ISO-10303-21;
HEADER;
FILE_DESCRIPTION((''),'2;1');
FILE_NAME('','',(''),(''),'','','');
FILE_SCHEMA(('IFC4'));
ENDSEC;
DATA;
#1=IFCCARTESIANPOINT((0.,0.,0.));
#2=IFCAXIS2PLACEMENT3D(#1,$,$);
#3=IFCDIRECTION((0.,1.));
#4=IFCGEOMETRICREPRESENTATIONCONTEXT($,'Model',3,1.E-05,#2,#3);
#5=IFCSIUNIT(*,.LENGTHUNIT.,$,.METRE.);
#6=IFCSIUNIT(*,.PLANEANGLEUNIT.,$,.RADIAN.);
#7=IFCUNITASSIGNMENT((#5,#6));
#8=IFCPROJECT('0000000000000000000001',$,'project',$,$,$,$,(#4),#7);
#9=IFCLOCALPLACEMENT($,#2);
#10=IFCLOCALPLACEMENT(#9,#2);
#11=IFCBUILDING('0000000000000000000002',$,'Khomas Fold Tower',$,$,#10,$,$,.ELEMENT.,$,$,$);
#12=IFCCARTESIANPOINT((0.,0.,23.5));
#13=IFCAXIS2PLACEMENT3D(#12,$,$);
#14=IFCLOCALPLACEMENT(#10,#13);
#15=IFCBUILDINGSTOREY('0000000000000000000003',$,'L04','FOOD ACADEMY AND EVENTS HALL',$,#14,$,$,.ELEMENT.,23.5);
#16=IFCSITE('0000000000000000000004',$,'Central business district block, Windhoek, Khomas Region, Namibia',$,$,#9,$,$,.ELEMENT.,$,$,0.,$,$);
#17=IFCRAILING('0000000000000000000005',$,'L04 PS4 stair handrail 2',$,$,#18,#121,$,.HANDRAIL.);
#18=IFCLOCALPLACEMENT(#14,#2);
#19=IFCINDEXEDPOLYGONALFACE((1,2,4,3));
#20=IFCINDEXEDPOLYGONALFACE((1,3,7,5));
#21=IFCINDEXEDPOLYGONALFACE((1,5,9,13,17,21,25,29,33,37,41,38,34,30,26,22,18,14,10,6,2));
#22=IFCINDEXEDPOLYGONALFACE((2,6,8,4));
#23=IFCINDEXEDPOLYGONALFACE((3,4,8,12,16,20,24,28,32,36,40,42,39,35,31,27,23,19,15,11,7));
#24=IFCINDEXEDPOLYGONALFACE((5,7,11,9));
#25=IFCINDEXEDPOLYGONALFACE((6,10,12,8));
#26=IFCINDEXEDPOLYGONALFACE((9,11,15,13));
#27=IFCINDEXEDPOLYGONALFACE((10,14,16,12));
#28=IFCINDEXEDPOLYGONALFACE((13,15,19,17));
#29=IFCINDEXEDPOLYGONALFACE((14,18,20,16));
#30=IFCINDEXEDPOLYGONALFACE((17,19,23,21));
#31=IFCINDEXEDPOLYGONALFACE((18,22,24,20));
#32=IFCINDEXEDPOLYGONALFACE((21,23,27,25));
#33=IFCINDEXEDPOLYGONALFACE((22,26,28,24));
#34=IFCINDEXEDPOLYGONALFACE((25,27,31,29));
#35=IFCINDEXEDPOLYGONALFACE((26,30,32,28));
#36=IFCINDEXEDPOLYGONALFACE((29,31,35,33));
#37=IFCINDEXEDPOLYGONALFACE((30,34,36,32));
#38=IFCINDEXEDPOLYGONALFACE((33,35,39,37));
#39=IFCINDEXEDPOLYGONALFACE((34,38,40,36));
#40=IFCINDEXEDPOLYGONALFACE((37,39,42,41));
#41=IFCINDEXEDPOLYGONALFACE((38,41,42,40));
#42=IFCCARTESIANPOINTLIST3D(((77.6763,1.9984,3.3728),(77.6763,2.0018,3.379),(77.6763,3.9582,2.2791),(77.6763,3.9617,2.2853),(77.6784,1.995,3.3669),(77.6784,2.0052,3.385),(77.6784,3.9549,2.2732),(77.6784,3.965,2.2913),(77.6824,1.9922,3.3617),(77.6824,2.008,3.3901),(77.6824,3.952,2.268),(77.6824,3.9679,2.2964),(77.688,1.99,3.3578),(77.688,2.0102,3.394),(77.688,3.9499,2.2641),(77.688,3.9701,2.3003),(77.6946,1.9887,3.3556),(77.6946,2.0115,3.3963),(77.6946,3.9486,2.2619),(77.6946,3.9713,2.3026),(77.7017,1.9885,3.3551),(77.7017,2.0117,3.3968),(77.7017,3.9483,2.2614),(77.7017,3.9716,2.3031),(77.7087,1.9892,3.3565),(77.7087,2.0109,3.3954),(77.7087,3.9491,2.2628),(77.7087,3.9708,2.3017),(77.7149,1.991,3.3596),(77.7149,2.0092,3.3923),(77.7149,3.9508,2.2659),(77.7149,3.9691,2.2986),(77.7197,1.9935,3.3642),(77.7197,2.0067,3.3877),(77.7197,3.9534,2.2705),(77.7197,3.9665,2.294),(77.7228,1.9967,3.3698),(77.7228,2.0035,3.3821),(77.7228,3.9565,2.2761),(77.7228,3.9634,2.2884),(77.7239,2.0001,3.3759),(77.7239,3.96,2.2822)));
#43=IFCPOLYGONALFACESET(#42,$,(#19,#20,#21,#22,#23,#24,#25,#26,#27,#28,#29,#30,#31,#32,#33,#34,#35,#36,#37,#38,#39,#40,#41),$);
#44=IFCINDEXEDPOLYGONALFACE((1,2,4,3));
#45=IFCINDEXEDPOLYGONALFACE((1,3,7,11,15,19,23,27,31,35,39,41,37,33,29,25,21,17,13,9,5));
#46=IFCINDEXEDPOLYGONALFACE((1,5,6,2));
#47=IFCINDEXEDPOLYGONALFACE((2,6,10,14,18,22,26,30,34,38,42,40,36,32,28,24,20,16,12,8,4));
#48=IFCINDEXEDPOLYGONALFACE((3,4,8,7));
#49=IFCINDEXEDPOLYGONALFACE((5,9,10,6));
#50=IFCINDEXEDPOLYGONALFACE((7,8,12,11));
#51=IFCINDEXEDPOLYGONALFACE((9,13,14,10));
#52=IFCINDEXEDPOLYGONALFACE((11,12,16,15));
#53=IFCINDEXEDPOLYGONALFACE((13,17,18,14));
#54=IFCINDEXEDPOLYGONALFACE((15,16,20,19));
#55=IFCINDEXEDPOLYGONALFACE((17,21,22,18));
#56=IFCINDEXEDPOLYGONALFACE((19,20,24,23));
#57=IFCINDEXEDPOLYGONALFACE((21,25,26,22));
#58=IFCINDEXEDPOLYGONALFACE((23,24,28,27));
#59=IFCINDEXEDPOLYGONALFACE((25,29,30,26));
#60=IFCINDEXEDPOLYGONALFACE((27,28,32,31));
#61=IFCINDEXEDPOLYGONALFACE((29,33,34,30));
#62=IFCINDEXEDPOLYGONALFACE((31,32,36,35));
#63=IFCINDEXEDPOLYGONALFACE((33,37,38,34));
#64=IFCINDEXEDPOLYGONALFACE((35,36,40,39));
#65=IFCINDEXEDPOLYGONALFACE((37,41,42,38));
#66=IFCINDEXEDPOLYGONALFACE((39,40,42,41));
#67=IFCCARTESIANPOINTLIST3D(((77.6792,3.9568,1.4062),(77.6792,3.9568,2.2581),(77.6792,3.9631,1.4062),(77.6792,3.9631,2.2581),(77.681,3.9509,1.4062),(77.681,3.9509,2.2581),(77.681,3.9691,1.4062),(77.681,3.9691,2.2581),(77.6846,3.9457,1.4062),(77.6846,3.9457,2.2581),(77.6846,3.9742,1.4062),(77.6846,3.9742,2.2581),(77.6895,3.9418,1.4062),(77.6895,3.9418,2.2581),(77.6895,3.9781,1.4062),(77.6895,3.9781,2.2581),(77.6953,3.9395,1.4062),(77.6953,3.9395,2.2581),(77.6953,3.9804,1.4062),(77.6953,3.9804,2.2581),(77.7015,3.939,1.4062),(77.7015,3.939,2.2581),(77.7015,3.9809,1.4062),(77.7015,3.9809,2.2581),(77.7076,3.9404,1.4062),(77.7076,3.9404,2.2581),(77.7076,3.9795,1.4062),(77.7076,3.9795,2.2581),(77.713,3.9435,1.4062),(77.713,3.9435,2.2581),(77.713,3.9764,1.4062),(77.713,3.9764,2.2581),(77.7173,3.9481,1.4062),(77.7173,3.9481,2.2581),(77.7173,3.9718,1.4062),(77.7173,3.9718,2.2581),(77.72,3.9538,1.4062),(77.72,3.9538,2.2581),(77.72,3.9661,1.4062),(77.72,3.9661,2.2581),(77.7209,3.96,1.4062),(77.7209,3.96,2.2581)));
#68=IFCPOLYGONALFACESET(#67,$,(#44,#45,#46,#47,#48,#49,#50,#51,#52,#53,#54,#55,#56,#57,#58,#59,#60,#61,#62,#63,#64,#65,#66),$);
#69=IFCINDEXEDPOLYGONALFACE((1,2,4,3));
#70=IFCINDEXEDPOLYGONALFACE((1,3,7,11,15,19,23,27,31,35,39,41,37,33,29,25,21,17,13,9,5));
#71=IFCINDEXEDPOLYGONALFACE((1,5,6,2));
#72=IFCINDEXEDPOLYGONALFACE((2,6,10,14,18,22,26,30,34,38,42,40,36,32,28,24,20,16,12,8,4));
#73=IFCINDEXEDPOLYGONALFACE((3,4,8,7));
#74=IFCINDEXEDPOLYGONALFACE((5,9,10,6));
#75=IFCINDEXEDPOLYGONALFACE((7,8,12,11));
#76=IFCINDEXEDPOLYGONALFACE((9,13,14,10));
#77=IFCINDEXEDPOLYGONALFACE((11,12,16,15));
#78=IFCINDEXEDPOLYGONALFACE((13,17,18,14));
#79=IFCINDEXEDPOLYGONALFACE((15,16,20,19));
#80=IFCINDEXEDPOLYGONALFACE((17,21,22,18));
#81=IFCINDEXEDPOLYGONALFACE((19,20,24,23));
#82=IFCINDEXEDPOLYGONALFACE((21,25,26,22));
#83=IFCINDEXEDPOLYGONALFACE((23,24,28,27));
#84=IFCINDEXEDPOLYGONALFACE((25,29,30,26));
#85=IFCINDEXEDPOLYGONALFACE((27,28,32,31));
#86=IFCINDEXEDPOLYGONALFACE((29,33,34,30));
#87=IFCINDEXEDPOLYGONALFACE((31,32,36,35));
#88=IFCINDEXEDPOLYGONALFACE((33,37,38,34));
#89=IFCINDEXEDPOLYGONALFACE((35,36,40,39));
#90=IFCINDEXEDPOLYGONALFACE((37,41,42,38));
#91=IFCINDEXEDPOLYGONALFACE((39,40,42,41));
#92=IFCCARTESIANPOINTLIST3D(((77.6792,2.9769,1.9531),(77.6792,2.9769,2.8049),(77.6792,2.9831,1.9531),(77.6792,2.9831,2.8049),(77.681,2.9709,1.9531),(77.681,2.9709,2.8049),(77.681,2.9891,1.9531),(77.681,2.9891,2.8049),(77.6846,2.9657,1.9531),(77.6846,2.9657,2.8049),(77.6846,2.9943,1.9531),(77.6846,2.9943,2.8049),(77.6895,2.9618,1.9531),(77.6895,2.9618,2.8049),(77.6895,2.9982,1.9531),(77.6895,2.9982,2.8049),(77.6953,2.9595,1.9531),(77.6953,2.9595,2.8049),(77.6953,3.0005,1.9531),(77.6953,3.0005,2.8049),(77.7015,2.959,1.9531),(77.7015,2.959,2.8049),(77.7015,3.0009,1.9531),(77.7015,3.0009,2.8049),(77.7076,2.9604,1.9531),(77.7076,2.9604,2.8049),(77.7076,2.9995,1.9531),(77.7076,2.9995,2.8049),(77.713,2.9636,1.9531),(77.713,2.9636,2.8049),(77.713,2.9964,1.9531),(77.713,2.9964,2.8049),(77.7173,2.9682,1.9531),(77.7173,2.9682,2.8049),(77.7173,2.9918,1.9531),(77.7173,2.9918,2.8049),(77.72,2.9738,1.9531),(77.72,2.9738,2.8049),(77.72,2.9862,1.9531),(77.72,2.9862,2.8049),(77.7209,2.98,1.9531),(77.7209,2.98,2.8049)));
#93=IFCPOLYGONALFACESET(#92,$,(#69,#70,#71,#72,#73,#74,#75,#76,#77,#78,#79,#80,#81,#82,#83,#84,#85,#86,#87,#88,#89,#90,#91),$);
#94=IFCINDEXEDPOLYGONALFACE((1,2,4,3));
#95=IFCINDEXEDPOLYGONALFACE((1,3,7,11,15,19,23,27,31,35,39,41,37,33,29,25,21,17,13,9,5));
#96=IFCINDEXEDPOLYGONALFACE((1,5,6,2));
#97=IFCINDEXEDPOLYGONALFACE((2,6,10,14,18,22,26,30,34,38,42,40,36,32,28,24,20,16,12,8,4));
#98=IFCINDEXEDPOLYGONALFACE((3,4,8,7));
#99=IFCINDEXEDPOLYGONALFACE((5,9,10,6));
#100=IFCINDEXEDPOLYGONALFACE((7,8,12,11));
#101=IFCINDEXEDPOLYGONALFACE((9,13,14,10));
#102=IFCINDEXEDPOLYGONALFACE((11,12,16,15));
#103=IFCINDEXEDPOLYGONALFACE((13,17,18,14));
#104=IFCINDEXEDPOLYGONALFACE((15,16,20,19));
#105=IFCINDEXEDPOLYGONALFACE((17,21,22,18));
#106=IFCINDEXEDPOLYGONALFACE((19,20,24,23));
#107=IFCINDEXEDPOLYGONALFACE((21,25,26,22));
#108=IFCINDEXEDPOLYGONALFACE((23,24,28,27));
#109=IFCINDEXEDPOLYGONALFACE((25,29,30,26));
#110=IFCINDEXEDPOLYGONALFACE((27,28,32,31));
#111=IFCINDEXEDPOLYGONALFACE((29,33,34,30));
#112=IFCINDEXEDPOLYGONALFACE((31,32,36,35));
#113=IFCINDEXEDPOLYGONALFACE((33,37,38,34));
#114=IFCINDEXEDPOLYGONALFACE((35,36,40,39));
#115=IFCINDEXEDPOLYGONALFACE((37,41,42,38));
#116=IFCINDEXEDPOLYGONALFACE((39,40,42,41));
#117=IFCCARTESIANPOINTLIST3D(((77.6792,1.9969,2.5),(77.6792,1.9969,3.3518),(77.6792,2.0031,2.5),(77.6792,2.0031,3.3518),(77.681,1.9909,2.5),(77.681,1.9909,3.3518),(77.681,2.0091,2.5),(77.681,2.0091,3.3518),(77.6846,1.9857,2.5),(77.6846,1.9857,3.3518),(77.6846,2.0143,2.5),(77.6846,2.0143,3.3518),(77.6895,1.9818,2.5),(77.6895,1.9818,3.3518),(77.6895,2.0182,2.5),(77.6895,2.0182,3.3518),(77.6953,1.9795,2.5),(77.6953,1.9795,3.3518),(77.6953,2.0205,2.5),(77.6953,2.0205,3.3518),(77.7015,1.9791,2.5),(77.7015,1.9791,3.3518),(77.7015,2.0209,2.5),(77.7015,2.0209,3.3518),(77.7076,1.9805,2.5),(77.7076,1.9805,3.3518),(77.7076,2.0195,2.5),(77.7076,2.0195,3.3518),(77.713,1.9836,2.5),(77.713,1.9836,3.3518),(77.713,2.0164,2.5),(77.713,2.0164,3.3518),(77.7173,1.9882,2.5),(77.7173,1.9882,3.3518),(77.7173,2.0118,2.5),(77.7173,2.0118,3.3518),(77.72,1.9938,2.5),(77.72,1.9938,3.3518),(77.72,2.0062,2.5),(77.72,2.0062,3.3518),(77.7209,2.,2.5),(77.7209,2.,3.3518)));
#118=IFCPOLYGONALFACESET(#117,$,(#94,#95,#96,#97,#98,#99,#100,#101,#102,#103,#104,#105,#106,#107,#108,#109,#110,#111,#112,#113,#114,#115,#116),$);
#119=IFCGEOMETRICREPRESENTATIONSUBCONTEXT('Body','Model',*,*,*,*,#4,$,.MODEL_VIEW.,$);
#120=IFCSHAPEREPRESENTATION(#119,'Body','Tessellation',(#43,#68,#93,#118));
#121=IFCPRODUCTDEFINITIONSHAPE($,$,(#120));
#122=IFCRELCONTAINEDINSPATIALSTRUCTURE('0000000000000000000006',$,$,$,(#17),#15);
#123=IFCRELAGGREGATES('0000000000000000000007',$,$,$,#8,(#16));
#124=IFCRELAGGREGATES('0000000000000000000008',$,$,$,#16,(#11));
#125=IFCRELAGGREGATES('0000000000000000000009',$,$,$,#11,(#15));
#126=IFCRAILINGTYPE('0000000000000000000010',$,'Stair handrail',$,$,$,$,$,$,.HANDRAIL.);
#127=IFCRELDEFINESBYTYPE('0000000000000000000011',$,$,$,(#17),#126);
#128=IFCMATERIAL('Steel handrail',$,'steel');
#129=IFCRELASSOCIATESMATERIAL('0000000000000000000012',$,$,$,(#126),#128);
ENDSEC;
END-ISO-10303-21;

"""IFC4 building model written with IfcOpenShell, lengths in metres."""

from ifc_helpers import new_model, si_unit, direction, frame, origin, origin_2d, place, context, subcontext, project, spatial, circle, extrude, source, transform, mapped, material, type_object, element, save


model = new_model("IFC4")

# Units and contexts
model_context = context("Model", 3, precision=1e-05, world=origin(), true_north=direction((0.0, 1.0)))
body_context = subcontext(model_context, "Body", "Model", "MODEL_VIEW")
ifc_project = project(units=[si_unit("LENGTHUNIT", "METRE"), si_unit("PLANEANGLEUNIT", "RADIAN")], contexts=[model_context])

# Site, building, storey
site_placement = place(None, origin())
site = spatial("IfcSite", under=ifc_project, at=site_placement, Name="Central business district block, Windhoek, Khomas Region, Namibia", CompositionType="ELEMENT", RefElevation=0.0)
building_placement = place(site_placement, origin())
building = spatial("IfcBuilding", under=site, at=building_placement, Name="Khomas Fold Tower", CompositionType="ELEMENT")
storey_placement = place(building_placement, frame((0.0, 0.0, 23.5)))
storey = spatial("IfcBuildingStorey", under=building, at=storey_placement, Name="L04", Description="FOOD ACADEMY AND EVENTS HALL", CompositionType="ELEMENT", Elevation=23.5)

# Railing
ifc_material_1 = material(Name="Steel handrail", Category="steel")
railing_type_1 = type_object("IfcRailingType", Name="Stair handrail", PredefinedType="HANDRAIL", material=ifc_material_1)
shared_shape_1 = source(origin(), body_context, "Body", "SweptSolid", [
    extrude(circle(Radius=0.0239, at=origin_2d()), frame((0.0, 0.0, 0.876), z_axis=(0.0, -0.873232, 0.487304), x_axis=(1.0, 0.0, 0.0)), (0.0, 0.0, 1.0), 2.2444),
    extrude(circle(Radius=0.021, at=origin_2d()), origin(), (0.0, 0.0, 1.0), 0.8518),
    extrude(circle(Radius=0.021, at=origin_2d()), frame((0.0, -0.98, 0.5469)), (0.0, 0.0, 1.0), 0.8518),
    extrude(circle(Radius=0.021, at=origin_2d()), frame((0.0, -1.96, 1.0938)), (0.0, 0.0, 1.0), 0.8518),
])
railing_placement = place(storey_placement, frame((77.7, 3.96, 1.4062)))
element("IfcRailing", 1, at=railing_placement, inside=storey, type_object=railing_type_1, Name="L04 PS4 stair handrail 2", PredefinedType="HANDRAIL", context=body_context, shape_type="MappedRepresentation", body=[
    mapped(shared_shape_1, transform((0.0, 0.0, 0.0))),
])

save(model, "model.ifc")
